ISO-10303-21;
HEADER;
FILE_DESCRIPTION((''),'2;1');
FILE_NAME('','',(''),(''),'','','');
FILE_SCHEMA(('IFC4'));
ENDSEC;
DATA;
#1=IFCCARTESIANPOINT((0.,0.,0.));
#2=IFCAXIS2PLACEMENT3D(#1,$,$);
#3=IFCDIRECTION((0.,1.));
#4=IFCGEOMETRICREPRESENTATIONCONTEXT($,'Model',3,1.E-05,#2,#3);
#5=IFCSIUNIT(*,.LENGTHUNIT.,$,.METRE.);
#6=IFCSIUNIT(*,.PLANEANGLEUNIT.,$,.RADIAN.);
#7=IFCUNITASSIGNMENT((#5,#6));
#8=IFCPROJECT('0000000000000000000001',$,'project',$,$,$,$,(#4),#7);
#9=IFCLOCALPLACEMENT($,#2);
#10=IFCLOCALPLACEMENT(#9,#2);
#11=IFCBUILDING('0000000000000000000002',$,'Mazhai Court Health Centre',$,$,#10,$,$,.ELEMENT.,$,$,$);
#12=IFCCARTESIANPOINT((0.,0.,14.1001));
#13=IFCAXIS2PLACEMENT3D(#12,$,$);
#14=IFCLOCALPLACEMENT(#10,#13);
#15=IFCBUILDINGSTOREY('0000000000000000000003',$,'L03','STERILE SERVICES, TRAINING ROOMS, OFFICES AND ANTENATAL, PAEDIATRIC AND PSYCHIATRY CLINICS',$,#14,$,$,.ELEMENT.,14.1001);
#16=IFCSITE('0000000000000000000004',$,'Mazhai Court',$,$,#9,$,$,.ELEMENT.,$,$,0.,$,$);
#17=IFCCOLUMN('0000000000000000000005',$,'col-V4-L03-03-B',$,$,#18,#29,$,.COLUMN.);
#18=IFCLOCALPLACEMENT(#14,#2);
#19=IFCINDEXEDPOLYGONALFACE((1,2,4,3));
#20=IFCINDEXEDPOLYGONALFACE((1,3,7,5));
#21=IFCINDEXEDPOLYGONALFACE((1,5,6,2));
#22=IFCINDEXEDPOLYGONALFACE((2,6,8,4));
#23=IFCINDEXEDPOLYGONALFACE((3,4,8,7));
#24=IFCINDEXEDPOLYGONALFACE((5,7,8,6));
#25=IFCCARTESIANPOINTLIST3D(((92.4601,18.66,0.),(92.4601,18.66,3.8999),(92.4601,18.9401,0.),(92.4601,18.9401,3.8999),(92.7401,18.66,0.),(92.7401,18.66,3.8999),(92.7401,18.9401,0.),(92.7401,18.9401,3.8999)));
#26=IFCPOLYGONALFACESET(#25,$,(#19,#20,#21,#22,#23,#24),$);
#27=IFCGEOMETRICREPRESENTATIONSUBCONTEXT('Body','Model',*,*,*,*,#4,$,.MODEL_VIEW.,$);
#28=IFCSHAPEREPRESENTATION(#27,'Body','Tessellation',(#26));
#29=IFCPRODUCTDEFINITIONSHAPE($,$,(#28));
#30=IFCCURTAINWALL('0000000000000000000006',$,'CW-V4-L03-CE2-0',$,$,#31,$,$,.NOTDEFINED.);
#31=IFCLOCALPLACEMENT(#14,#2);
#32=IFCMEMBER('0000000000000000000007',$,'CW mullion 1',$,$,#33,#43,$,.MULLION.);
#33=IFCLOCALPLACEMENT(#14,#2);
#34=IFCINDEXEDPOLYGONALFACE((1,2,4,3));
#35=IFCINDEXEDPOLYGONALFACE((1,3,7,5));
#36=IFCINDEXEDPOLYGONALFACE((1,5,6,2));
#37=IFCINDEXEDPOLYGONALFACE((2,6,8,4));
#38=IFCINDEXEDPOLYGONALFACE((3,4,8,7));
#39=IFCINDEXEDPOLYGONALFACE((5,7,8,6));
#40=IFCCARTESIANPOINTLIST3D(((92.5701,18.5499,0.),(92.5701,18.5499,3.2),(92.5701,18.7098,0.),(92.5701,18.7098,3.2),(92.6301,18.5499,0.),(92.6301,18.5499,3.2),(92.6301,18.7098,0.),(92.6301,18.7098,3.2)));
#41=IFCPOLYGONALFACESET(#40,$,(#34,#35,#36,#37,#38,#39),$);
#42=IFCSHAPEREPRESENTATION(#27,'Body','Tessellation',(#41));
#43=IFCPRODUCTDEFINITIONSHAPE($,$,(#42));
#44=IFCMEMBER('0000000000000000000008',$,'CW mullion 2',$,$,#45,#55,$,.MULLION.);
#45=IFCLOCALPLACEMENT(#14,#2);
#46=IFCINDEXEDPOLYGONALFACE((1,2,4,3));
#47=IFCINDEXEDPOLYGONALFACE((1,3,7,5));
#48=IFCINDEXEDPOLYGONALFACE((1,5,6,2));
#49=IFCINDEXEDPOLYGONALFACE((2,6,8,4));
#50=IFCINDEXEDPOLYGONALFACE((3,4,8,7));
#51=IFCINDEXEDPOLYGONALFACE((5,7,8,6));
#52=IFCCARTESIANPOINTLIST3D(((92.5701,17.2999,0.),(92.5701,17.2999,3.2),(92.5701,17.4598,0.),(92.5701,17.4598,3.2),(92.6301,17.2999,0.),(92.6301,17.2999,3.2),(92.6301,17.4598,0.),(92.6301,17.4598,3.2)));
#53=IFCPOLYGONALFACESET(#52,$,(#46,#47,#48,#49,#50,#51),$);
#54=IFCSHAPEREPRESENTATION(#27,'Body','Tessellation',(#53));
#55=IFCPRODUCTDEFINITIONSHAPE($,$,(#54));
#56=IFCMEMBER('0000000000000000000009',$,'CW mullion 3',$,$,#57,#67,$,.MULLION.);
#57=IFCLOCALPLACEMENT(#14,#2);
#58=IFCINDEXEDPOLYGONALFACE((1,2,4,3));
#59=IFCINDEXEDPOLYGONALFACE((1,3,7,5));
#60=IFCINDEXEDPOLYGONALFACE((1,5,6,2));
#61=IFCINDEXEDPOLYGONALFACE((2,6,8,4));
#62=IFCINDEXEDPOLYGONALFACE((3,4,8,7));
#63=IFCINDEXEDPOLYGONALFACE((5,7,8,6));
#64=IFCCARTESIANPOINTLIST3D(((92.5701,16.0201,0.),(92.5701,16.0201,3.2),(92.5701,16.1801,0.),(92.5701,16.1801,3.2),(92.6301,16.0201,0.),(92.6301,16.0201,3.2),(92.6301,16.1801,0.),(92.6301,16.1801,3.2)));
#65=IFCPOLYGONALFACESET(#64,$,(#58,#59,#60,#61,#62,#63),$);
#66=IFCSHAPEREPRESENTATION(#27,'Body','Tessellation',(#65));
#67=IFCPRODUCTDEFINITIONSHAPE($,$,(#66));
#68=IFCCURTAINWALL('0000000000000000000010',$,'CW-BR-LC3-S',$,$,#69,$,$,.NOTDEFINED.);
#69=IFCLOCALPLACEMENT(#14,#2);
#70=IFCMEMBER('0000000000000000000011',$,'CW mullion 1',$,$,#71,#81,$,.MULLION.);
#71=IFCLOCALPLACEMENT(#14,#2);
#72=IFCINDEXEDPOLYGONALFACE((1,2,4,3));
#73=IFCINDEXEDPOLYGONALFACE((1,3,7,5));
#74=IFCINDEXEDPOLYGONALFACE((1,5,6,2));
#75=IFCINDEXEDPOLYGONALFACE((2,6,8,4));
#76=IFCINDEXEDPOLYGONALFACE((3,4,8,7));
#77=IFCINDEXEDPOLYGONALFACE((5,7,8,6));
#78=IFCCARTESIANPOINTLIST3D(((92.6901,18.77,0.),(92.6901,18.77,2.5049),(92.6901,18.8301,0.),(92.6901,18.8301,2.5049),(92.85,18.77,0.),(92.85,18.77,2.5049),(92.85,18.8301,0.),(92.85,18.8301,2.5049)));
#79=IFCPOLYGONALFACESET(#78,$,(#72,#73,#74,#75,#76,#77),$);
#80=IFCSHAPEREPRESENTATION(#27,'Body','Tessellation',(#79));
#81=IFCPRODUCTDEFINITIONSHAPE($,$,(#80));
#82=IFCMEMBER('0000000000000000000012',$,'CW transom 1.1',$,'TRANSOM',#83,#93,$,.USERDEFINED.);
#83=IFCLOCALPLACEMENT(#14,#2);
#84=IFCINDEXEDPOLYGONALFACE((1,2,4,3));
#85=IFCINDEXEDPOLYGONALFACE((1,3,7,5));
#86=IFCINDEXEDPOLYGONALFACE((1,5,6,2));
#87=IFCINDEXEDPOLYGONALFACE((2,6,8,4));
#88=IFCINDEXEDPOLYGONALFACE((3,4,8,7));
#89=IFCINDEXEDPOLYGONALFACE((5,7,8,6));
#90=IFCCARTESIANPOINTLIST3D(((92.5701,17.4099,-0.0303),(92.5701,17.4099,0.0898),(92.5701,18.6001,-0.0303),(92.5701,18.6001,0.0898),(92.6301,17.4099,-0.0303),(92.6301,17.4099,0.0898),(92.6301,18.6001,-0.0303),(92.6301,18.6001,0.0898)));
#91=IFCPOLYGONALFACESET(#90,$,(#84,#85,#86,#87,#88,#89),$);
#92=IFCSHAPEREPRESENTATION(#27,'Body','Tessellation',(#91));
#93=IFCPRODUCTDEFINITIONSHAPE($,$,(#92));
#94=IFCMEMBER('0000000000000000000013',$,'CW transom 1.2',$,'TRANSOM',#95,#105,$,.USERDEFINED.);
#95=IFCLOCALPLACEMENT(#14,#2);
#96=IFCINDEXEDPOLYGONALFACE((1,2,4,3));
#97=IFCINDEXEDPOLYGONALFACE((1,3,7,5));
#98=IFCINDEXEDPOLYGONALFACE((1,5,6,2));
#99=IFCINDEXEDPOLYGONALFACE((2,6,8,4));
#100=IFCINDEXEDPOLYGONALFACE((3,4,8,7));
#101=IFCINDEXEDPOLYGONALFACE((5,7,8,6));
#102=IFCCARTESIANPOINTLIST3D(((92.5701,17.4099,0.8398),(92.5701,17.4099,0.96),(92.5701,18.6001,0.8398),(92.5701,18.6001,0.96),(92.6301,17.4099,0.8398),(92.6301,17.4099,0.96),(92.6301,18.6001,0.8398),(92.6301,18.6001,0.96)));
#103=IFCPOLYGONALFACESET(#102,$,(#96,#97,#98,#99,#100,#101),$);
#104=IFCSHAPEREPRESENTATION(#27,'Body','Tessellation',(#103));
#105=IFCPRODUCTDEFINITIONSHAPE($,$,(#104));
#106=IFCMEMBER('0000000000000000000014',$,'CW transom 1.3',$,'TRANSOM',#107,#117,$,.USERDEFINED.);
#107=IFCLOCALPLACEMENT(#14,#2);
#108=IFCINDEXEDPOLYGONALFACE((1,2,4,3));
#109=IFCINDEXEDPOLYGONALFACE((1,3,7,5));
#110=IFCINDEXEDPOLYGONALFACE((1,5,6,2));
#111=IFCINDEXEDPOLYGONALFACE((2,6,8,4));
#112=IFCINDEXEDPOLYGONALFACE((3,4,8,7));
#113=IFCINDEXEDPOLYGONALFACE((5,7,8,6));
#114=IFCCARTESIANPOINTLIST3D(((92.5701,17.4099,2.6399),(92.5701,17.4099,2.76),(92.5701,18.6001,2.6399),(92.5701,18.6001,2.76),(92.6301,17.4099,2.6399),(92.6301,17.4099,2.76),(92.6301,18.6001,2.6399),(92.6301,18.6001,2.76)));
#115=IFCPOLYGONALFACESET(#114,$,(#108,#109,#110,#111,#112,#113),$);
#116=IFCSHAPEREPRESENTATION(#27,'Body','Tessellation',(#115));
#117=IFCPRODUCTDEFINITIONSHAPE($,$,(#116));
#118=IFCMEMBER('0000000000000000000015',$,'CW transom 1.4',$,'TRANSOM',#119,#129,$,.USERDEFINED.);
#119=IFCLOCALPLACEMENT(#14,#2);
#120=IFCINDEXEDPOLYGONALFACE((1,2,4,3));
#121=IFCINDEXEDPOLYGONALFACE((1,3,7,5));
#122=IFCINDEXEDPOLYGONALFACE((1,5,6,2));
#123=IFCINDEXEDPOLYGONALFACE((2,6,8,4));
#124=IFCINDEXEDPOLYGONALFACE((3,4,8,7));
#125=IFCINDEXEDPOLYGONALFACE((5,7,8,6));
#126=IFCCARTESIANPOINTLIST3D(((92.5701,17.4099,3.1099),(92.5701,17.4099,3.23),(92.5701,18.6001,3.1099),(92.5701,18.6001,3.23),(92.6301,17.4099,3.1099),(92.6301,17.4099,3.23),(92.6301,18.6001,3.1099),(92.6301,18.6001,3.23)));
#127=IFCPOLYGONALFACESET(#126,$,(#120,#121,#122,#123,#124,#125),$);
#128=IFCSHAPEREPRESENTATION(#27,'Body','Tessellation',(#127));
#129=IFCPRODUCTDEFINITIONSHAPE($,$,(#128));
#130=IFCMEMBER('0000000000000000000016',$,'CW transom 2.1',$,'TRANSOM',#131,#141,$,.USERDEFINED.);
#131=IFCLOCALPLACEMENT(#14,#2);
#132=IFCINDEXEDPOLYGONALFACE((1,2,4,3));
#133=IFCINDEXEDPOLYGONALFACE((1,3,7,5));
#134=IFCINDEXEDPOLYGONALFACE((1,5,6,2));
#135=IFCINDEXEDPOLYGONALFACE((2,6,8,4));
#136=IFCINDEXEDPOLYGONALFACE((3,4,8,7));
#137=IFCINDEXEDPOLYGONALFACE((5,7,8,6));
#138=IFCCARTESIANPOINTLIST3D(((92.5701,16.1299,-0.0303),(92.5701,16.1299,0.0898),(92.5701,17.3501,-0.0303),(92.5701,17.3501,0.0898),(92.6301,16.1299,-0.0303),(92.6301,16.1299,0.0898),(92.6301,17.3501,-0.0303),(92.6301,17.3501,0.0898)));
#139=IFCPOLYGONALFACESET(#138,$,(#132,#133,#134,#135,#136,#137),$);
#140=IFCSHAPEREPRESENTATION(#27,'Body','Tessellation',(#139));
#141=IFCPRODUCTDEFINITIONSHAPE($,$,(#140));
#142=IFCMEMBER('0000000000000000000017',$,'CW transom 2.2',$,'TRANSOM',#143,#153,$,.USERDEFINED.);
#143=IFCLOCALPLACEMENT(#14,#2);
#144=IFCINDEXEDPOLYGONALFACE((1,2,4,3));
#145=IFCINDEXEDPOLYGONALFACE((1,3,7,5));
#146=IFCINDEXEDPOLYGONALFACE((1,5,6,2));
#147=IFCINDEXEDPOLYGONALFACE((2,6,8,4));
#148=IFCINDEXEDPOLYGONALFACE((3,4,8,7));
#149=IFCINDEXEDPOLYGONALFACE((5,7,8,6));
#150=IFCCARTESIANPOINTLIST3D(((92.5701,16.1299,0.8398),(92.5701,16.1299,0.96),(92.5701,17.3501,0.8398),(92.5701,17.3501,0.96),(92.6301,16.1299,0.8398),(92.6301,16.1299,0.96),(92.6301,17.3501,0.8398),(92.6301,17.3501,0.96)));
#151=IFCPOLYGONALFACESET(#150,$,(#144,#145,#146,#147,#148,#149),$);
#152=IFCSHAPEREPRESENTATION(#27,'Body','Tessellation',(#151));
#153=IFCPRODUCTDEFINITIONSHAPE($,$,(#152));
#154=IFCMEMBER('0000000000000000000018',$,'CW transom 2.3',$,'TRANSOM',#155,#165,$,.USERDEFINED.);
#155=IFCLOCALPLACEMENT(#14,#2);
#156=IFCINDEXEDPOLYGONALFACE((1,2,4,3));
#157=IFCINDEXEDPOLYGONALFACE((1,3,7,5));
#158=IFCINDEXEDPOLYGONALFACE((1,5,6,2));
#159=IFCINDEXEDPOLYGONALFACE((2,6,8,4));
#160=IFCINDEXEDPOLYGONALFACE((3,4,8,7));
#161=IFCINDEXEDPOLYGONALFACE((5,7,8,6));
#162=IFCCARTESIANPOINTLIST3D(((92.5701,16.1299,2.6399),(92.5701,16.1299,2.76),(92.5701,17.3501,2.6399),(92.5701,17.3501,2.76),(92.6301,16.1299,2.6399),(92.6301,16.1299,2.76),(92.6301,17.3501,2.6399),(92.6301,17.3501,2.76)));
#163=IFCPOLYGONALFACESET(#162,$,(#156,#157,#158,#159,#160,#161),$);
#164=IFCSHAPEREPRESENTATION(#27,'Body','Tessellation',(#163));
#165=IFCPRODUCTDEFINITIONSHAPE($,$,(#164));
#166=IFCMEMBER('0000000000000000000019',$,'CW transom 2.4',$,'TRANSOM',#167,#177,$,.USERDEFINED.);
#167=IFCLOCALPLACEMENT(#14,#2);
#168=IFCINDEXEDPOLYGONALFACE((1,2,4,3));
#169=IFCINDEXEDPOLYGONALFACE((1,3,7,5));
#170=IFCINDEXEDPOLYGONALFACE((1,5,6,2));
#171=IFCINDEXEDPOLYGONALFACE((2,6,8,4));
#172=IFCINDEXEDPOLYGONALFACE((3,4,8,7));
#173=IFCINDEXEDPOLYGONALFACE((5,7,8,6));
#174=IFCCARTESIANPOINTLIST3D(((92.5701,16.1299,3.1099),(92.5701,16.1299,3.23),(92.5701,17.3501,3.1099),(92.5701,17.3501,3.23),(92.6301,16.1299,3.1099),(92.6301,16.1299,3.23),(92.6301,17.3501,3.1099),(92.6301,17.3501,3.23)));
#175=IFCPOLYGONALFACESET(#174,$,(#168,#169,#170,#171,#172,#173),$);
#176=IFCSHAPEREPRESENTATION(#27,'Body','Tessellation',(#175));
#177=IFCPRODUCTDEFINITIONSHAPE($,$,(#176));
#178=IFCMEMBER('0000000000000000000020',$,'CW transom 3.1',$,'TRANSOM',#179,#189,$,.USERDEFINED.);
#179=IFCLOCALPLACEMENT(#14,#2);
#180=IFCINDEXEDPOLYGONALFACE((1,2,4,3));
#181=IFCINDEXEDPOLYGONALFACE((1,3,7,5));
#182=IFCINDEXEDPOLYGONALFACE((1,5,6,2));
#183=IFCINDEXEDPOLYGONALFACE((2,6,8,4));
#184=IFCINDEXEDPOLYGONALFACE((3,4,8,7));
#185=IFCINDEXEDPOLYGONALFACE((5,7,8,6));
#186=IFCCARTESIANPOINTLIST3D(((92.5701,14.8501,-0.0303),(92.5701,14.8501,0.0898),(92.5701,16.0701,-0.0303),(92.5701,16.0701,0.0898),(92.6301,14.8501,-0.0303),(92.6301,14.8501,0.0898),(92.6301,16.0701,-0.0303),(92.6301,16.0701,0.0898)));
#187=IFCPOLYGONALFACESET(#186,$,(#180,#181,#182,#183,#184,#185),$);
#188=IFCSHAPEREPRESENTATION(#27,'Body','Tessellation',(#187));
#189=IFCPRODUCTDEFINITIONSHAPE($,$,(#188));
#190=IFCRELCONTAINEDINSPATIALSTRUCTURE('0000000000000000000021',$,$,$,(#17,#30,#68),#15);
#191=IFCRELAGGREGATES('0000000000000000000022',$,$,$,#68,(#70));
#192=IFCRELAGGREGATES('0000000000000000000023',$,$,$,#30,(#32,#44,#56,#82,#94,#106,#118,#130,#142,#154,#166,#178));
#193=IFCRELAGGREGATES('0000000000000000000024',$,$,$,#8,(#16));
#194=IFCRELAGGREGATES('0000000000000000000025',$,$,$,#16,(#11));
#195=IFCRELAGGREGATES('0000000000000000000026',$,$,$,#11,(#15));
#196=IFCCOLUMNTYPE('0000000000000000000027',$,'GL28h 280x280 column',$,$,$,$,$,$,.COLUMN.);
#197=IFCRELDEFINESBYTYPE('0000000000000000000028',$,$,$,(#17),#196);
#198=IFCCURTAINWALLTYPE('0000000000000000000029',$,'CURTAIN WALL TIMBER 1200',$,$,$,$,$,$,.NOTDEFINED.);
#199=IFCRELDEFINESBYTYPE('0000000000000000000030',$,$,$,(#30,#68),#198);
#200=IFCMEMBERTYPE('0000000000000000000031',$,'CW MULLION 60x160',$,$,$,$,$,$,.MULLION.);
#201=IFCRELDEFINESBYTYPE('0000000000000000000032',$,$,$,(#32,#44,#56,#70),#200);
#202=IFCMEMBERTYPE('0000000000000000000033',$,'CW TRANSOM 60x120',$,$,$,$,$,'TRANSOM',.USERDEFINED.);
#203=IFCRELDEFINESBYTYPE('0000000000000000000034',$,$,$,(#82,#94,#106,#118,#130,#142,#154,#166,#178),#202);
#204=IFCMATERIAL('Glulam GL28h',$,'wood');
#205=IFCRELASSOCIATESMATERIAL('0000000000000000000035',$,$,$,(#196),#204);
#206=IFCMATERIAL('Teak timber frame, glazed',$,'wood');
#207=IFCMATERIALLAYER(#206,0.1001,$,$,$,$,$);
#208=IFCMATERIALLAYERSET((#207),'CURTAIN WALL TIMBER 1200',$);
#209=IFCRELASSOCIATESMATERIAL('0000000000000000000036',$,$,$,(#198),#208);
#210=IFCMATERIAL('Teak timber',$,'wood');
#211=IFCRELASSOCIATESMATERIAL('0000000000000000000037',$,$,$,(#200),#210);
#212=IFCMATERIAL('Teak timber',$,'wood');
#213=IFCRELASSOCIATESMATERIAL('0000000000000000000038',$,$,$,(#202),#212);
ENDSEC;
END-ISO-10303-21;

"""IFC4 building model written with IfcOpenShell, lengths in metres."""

from ifc_helpers import new_model, si_unit, direction, frame, origin, origin_2d, place, context, subcontext, project, spatial, rectangle, extrude, material, layer, layer_set, material_profile, profile_set, type_object, element, aggregate, save


model = new_model("IFC4")

# Units and contexts
model_context = context("Model", 3, precision=1e-05, world=origin(), true_north=direction((0.0, 1.0)))
body_context = subcontext(model_context, "Body", "Model", "MODEL_VIEW")
ifc_project = project(units=[si_unit("LENGTHUNIT", "METRE"), si_unit("PLANEANGLEUNIT", "RADIAN")], contexts=[model_context])

# Site, building, storey
site_placement = place(None, origin())
site = spatial("IfcSite", under=ifc_project, at=site_placement, Name="Mazhai Court", CompositionType="ELEMENT", RefElevation=0.0)
building_placement = place(site_placement, origin())
building = spatial("IfcBuilding", under=site, at=building_placement, Name="Mazhai Court Health Centre", CompositionType="ELEMENT")
storey_placement = place(building_placement, frame((0.0, 0.0, 14.1001)))
storey = spatial("IfcBuildingStorey", under=building, at=storey_placement, Name="L03", Description="STERILE SERVICES, TRAINING ROOMS, OFFICES AND ANTENATAL, PAEDIATRIC AND PSYCHIATRY CLINICS", CompositionType="ELEMENT", Elevation=14.1001)

# Column
ifc_material_1 = material(Name="Glulam GL28h", Category="wood")
ifc_material_profile_1 = material_profile(ifc_material_1, rectangle(XDim=0.28, YDim=0.28, at=origin_2d()), Name="GL28h 280x280")
ifc_profile_set_1 = profile_set([ifc_material_profile_1], Name="Glulam GL28h")
column_type = type_object("IfcColumnType", Name="GL28h 280x280 column", PredefinedType="COLUMN", material=ifc_profile_set_1)
column_placement = place(storey_placement, frame((92.6001, 18.8, 0.0), z_axis=(0.0, 0.0, 1.0), x_axis=(1.0, 0.0, 0.0)))
element("IfcColumn", 1, at=column_placement, inside=storey, type_object=column_type, Name="col-V4-L03-03-B", PredefinedType="COLUMN", context=body_context, shape_type="SweptSolid", body=[
    extrude(rectangle(XDim=0.28, YDim=0.28, at=origin_2d()), origin(), (0.0, 0.0, 1.0), 3.8999),
])

# Curtain wall, members
ifc_material_2 = material(Name="Teak timber frame, glazed", Category="wood")
ifc_layer_1 = layer(ifc_material_2, 0.1001)
ifc_layer_set_1 = layer_set([ifc_layer_1], Name="CURTAIN WALL TIMBER 1200")
curtain_wall_type = type_object("IfcCurtainWallType", Name="CURTAIN WALL TIMBER 1200", PredefinedType="NOTDEFINED", material=ifc_layer_set_1)
curtain_wall_1_placement = place(storey_placement, origin())
curtain_wall_1 = element("IfcCurtainWall", 2, at=curtain_wall_1_placement, inside=storey, type_object=curtain_wall_type, Name="CW-V4-L03-CE2-0", PredefinedType="NOTDEFINED")
ifc_material_3 = material(Name="Teak timber", Category="wood")
ifc_material_profile_2 = material_profile(ifc_material_3, rectangle(XDim=0.0601, YDim=0.1599, at=origin_2d()), Name="CW MULLION 60x160")
ifc_profile_set_2 = profile_set([ifc_material_profile_2], Name="Teak timber")
member_type_1 = type_object("IfcMemberType", Name="CW MULLION 60x160", PredefinedType="MULLION", material=ifc_profile_set_2)
member_1_placement = place(storey_placement, frame((92.6001, 18.6299, 0.0), z_axis=(0.0, 0.0, 1.0), x_axis=(1.0, 0.0, 0.0)))
member_1 = element("IfcMember", 3, at=member_1_placement, type_object=member_type_1, Name="CW mullion 1", PredefinedType="MULLION", context=body_context, shape_type="SweptSolid", body=[
    extrude(rectangle(XDim=0.0601, YDim=0.1599, at=origin_2d()), origin(), (0.0, 0.0, 1.0), 3.2),
])
member_2_placement = place(storey_placement, frame((92.6001, 17.3799, 0.0), z_axis=(0.0, 0.0, 1.0), x_axis=(1.0, 0.0, 0.0)))
member_2 = element("IfcMember", 4, at=member_2_placement, type_object=member_type_1, Name="CW mullion 2", PredefinedType="MULLION", context=body_context, shape_type="SweptSolid", body=[
    extrude(rectangle(XDim=0.0601, YDim=0.1599, at=origin_2d()), origin(), (0.0, 0.0, 1.0), 3.2),
])
member_3_placement = place(storey_placement, frame((92.6001, 16.1001, 0.0), z_axis=(0.0, 0.0, 1.0), x_axis=(1.0, 0.0, 0.0)))
member_3 = element("IfcMember", 5, at=member_3_placement, type_object=member_type_1, Name="CW mullion 3", PredefinedType="MULLION", context=body_context, shape_type="SweptSolid", body=[
    extrude(rectangle(XDim=0.0601, YDim=0.1599, at=origin_2d()), origin(), (0.0, 0.0, 1.0), 3.2),
])

# Curtain wall, member
curtain_wall_2_placement = place(storey_placement, origin())
curtain_wall_2 = element("IfcCurtainWall", 6, at=curtain_wall_2_placement, inside=storey, type_object=curtain_wall_type, Name="CW-BR-LC3-S", PredefinedType="NOTDEFINED")
member_4_placement = place(storey_placement, frame((92.77, 18.8, 0.0), z_axis=(0.0, 0.0, 1.0), x_axis=(0.0, 1.0, 0.0)))
member_4 = element("IfcMember", 7, at=member_4_placement, type_object=member_type_1, Name="CW mullion 1", PredefinedType="MULLION", context=body_context, shape_type="SweptSolid", body=[
    extrude(rectangle(XDim=0.0601, YDim=0.1599, at=origin_2d()), origin(), (0.0, 0.0, 1.0), 2.5049),
])

# Members
ifc_material_4 = material(Name="Teak timber", Category="wood")
ifc_material_profile_3 = material_profile(ifc_material_4, rectangle(XDim=0.0601, YDim=0.1201, at=origin_2d()), Name="CW TRANSOM 60x120")
ifc_profile_set_3 = profile_set([ifc_material_profile_3], Name="Teak timber")
member_type_2 = type_object("IfcMemberType", Name="CW TRANSOM 60x120", ElementType="TRANSOM", PredefinedType="USERDEFINED", material=ifc_profile_set_3)
member_5_placement = place(storey_placement, frame((92.6001, 18.6001, 0.0298), z_axis=(0.0, -1.0, 0.0), x_axis=(1.0, 0.0, 0.0)))
member_5 = element("IfcMember", 8, at=member_5_placement, type_object=member_type_2, Name="CW transom 1.1", ObjectType="TRANSOM", PredefinedType="USERDEFINED", context=body_context, shape_type="SweptSolid", body=[
    extrude(rectangle(XDim=0.0601, YDim=0.1201, at=origin_2d()), origin(), (0.0, 0.0, 1.0), 1.1902),
])
member_6_placement = place(storey_placement, frame((92.6001, 18.6001, 0.8999), z_axis=(0.0, -1.0, 0.0), x_axis=(1.0, 0.0, 0.0)))
member_6 = element("IfcMember", 9, at=member_6_placement, type_object=member_type_2, Name="CW transom 1.2", ObjectType="TRANSOM", PredefinedType="USERDEFINED", context=body_context, shape_type="SweptSolid", body=[
    extrude(rectangle(XDim=0.0601, YDim=0.1201, at=origin_2d()), origin(), (0.0, 0.0, 1.0), 1.1902),
])
member_7_placement = place(storey_placement, frame((92.6001, 18.6001, 2.7), z_axis=(0.0, -1.0, 0.0), x_axis=(1.0, 0.0, 0.0)))
member_7 = element("IfcMember", 10, at=member_7_placement, type_object=member_type_2, Name="CW transom 1.3", ObjectType="TRANSOM", PredefinedType="USERDEFINED", context=body_context, shape_type="SweptSolid", body=[
    extrude(rectangle(XDim=0.0601, YDim=0.1201, at=origin_2d()), origin(), (0.0, 0.0, 1.0), 1.1902),
])
member_8_placement = place(storey_placement, frame((92.6001, 18.6001, 3.1699), z_axis=(0.0, -1.0, 0.0), x_axis=(1.0, 0.0, 0.0)))
member_8 = element("IfcMember", 11, at=member_8_placement, type_object=member_type_2, Name="CW transom 1.4", ObjectType="TRANSOM", PredefinedType="USERDEFINED", context=body_context, shape_type="SweptSolid", body=[
    extrude(rectangle(XDim=0.0601, YDim=0.1201, at=origin_2d()), origin(), (0.0, 0.0, 1.0), 1.1902),
])
member_9_placement = place(storey_placement, frame((92.6001, 17.3501, 0.0298), z_axis=(0.0, -1.0, 0.0), x_axis=(1.0, 0.0, 0.0)))
member_9 = element("IfcMember", 12, at=member_9_placement, type_object=member_type_2, Name="CW transom 2.1", ObjectType="TRANSOM", PredefinedType="USERDEFINED", context=body_context, shape_type="SweptSolid", body=[
    extrude(rectangle(XDim=0.0601, YDim=0.1201, at=origin_2d()), origin(), (0.0, 0.0, 1.0), 1.2202),
])
member_10_placement = place(storey_placement, frame((92.6001, 17.3501, 0.8999), z_axis=(0.0, -1.0, 0.0), x_axis=(1.0, 0.0, 0.0)))
member_10 = element("IfcMember", 13, at=member_10_placement, type_object=member_type_2, Name="CW transom 2.2", ObjectType="TRANSOM", PredefinedType="USERDEFINED", context=body_context, shape_type="SweptSolid", body=[
    extrude(rectangle(XDim=0.0601, YDim=0.1201, at=origin_2d()), origin(), (0.0, 0.0, 1.0), 1.2202),
])
member_11_placement = place(storey_placement, frame((92.6001, 17.3501, 2.7), z_axis=(0.0, -1.0, 0.0), x_axis=(1.0, 0.0, 0.0)))
member_11 = element("IfcMember", 14, at=member_11_placement, type_object=member_type_2, Name="CW transom 2.3", ObjectType="TRANSOM", PredefinedType="USERDEFINED", context=body_context, shape_type="SweptSolid", body=[
    extrude(rectangle(XDim=0.0601, YDim=0.1201, at=origin_2d()), origin(), (0.0, 0.0, 1.0), 1.2202),
])
member_12_placement = place(storey_placement, frame((92.6001, 17.3501, 3.1699), z_axis=(0.0, -1.0, 0.0), x_axis=(1.0, 0.0, 0.0)))
member_12 = element("IfcMember", 15, at=member_12_placement, type_object=member_type_2, Name="CW transom 2.4", ObjectType="TRANSOM", PredefinedType="USERDEFINED", context=body_context, shape_type="SweptSolid", body=[
    extrude(rectangle(XDim=0.0601, YDim=0.1201, at=origin_2d()), origin(), (0.0, 0.0, 1.0), 1.2202),
])
member_13_placement = place(storey_placement, frame((92.6001, 16.0701, 0.0298), z_axis=(0.0, -1.0, 0.0), x_axis=(1.0, 0.0, 0.0)))
member_13 = element("IfcMember", 16, at=member_13_placement, type_object=member_type_2, Name="CW transom 3.1", ObjectType="TRANSOM", PredefinedType="USERDEFINED", context=body_context, shape_type="SweptSolid", body=[
    extrude(rectangle(XDim=0.0601, YDim=0.1201, at=origin_2d()), origin(), (0.0, 0.0, 1.0), 1.22),
])
aggregate(curtain_wall_2, [member_4])

aggregate(curtain_wall_1, [member_1, member_2, member_3, member_5, member_6, member_7, member_8, member_9, member_10, member_11, member_12, member_13])

save(model, "model.ifc")
